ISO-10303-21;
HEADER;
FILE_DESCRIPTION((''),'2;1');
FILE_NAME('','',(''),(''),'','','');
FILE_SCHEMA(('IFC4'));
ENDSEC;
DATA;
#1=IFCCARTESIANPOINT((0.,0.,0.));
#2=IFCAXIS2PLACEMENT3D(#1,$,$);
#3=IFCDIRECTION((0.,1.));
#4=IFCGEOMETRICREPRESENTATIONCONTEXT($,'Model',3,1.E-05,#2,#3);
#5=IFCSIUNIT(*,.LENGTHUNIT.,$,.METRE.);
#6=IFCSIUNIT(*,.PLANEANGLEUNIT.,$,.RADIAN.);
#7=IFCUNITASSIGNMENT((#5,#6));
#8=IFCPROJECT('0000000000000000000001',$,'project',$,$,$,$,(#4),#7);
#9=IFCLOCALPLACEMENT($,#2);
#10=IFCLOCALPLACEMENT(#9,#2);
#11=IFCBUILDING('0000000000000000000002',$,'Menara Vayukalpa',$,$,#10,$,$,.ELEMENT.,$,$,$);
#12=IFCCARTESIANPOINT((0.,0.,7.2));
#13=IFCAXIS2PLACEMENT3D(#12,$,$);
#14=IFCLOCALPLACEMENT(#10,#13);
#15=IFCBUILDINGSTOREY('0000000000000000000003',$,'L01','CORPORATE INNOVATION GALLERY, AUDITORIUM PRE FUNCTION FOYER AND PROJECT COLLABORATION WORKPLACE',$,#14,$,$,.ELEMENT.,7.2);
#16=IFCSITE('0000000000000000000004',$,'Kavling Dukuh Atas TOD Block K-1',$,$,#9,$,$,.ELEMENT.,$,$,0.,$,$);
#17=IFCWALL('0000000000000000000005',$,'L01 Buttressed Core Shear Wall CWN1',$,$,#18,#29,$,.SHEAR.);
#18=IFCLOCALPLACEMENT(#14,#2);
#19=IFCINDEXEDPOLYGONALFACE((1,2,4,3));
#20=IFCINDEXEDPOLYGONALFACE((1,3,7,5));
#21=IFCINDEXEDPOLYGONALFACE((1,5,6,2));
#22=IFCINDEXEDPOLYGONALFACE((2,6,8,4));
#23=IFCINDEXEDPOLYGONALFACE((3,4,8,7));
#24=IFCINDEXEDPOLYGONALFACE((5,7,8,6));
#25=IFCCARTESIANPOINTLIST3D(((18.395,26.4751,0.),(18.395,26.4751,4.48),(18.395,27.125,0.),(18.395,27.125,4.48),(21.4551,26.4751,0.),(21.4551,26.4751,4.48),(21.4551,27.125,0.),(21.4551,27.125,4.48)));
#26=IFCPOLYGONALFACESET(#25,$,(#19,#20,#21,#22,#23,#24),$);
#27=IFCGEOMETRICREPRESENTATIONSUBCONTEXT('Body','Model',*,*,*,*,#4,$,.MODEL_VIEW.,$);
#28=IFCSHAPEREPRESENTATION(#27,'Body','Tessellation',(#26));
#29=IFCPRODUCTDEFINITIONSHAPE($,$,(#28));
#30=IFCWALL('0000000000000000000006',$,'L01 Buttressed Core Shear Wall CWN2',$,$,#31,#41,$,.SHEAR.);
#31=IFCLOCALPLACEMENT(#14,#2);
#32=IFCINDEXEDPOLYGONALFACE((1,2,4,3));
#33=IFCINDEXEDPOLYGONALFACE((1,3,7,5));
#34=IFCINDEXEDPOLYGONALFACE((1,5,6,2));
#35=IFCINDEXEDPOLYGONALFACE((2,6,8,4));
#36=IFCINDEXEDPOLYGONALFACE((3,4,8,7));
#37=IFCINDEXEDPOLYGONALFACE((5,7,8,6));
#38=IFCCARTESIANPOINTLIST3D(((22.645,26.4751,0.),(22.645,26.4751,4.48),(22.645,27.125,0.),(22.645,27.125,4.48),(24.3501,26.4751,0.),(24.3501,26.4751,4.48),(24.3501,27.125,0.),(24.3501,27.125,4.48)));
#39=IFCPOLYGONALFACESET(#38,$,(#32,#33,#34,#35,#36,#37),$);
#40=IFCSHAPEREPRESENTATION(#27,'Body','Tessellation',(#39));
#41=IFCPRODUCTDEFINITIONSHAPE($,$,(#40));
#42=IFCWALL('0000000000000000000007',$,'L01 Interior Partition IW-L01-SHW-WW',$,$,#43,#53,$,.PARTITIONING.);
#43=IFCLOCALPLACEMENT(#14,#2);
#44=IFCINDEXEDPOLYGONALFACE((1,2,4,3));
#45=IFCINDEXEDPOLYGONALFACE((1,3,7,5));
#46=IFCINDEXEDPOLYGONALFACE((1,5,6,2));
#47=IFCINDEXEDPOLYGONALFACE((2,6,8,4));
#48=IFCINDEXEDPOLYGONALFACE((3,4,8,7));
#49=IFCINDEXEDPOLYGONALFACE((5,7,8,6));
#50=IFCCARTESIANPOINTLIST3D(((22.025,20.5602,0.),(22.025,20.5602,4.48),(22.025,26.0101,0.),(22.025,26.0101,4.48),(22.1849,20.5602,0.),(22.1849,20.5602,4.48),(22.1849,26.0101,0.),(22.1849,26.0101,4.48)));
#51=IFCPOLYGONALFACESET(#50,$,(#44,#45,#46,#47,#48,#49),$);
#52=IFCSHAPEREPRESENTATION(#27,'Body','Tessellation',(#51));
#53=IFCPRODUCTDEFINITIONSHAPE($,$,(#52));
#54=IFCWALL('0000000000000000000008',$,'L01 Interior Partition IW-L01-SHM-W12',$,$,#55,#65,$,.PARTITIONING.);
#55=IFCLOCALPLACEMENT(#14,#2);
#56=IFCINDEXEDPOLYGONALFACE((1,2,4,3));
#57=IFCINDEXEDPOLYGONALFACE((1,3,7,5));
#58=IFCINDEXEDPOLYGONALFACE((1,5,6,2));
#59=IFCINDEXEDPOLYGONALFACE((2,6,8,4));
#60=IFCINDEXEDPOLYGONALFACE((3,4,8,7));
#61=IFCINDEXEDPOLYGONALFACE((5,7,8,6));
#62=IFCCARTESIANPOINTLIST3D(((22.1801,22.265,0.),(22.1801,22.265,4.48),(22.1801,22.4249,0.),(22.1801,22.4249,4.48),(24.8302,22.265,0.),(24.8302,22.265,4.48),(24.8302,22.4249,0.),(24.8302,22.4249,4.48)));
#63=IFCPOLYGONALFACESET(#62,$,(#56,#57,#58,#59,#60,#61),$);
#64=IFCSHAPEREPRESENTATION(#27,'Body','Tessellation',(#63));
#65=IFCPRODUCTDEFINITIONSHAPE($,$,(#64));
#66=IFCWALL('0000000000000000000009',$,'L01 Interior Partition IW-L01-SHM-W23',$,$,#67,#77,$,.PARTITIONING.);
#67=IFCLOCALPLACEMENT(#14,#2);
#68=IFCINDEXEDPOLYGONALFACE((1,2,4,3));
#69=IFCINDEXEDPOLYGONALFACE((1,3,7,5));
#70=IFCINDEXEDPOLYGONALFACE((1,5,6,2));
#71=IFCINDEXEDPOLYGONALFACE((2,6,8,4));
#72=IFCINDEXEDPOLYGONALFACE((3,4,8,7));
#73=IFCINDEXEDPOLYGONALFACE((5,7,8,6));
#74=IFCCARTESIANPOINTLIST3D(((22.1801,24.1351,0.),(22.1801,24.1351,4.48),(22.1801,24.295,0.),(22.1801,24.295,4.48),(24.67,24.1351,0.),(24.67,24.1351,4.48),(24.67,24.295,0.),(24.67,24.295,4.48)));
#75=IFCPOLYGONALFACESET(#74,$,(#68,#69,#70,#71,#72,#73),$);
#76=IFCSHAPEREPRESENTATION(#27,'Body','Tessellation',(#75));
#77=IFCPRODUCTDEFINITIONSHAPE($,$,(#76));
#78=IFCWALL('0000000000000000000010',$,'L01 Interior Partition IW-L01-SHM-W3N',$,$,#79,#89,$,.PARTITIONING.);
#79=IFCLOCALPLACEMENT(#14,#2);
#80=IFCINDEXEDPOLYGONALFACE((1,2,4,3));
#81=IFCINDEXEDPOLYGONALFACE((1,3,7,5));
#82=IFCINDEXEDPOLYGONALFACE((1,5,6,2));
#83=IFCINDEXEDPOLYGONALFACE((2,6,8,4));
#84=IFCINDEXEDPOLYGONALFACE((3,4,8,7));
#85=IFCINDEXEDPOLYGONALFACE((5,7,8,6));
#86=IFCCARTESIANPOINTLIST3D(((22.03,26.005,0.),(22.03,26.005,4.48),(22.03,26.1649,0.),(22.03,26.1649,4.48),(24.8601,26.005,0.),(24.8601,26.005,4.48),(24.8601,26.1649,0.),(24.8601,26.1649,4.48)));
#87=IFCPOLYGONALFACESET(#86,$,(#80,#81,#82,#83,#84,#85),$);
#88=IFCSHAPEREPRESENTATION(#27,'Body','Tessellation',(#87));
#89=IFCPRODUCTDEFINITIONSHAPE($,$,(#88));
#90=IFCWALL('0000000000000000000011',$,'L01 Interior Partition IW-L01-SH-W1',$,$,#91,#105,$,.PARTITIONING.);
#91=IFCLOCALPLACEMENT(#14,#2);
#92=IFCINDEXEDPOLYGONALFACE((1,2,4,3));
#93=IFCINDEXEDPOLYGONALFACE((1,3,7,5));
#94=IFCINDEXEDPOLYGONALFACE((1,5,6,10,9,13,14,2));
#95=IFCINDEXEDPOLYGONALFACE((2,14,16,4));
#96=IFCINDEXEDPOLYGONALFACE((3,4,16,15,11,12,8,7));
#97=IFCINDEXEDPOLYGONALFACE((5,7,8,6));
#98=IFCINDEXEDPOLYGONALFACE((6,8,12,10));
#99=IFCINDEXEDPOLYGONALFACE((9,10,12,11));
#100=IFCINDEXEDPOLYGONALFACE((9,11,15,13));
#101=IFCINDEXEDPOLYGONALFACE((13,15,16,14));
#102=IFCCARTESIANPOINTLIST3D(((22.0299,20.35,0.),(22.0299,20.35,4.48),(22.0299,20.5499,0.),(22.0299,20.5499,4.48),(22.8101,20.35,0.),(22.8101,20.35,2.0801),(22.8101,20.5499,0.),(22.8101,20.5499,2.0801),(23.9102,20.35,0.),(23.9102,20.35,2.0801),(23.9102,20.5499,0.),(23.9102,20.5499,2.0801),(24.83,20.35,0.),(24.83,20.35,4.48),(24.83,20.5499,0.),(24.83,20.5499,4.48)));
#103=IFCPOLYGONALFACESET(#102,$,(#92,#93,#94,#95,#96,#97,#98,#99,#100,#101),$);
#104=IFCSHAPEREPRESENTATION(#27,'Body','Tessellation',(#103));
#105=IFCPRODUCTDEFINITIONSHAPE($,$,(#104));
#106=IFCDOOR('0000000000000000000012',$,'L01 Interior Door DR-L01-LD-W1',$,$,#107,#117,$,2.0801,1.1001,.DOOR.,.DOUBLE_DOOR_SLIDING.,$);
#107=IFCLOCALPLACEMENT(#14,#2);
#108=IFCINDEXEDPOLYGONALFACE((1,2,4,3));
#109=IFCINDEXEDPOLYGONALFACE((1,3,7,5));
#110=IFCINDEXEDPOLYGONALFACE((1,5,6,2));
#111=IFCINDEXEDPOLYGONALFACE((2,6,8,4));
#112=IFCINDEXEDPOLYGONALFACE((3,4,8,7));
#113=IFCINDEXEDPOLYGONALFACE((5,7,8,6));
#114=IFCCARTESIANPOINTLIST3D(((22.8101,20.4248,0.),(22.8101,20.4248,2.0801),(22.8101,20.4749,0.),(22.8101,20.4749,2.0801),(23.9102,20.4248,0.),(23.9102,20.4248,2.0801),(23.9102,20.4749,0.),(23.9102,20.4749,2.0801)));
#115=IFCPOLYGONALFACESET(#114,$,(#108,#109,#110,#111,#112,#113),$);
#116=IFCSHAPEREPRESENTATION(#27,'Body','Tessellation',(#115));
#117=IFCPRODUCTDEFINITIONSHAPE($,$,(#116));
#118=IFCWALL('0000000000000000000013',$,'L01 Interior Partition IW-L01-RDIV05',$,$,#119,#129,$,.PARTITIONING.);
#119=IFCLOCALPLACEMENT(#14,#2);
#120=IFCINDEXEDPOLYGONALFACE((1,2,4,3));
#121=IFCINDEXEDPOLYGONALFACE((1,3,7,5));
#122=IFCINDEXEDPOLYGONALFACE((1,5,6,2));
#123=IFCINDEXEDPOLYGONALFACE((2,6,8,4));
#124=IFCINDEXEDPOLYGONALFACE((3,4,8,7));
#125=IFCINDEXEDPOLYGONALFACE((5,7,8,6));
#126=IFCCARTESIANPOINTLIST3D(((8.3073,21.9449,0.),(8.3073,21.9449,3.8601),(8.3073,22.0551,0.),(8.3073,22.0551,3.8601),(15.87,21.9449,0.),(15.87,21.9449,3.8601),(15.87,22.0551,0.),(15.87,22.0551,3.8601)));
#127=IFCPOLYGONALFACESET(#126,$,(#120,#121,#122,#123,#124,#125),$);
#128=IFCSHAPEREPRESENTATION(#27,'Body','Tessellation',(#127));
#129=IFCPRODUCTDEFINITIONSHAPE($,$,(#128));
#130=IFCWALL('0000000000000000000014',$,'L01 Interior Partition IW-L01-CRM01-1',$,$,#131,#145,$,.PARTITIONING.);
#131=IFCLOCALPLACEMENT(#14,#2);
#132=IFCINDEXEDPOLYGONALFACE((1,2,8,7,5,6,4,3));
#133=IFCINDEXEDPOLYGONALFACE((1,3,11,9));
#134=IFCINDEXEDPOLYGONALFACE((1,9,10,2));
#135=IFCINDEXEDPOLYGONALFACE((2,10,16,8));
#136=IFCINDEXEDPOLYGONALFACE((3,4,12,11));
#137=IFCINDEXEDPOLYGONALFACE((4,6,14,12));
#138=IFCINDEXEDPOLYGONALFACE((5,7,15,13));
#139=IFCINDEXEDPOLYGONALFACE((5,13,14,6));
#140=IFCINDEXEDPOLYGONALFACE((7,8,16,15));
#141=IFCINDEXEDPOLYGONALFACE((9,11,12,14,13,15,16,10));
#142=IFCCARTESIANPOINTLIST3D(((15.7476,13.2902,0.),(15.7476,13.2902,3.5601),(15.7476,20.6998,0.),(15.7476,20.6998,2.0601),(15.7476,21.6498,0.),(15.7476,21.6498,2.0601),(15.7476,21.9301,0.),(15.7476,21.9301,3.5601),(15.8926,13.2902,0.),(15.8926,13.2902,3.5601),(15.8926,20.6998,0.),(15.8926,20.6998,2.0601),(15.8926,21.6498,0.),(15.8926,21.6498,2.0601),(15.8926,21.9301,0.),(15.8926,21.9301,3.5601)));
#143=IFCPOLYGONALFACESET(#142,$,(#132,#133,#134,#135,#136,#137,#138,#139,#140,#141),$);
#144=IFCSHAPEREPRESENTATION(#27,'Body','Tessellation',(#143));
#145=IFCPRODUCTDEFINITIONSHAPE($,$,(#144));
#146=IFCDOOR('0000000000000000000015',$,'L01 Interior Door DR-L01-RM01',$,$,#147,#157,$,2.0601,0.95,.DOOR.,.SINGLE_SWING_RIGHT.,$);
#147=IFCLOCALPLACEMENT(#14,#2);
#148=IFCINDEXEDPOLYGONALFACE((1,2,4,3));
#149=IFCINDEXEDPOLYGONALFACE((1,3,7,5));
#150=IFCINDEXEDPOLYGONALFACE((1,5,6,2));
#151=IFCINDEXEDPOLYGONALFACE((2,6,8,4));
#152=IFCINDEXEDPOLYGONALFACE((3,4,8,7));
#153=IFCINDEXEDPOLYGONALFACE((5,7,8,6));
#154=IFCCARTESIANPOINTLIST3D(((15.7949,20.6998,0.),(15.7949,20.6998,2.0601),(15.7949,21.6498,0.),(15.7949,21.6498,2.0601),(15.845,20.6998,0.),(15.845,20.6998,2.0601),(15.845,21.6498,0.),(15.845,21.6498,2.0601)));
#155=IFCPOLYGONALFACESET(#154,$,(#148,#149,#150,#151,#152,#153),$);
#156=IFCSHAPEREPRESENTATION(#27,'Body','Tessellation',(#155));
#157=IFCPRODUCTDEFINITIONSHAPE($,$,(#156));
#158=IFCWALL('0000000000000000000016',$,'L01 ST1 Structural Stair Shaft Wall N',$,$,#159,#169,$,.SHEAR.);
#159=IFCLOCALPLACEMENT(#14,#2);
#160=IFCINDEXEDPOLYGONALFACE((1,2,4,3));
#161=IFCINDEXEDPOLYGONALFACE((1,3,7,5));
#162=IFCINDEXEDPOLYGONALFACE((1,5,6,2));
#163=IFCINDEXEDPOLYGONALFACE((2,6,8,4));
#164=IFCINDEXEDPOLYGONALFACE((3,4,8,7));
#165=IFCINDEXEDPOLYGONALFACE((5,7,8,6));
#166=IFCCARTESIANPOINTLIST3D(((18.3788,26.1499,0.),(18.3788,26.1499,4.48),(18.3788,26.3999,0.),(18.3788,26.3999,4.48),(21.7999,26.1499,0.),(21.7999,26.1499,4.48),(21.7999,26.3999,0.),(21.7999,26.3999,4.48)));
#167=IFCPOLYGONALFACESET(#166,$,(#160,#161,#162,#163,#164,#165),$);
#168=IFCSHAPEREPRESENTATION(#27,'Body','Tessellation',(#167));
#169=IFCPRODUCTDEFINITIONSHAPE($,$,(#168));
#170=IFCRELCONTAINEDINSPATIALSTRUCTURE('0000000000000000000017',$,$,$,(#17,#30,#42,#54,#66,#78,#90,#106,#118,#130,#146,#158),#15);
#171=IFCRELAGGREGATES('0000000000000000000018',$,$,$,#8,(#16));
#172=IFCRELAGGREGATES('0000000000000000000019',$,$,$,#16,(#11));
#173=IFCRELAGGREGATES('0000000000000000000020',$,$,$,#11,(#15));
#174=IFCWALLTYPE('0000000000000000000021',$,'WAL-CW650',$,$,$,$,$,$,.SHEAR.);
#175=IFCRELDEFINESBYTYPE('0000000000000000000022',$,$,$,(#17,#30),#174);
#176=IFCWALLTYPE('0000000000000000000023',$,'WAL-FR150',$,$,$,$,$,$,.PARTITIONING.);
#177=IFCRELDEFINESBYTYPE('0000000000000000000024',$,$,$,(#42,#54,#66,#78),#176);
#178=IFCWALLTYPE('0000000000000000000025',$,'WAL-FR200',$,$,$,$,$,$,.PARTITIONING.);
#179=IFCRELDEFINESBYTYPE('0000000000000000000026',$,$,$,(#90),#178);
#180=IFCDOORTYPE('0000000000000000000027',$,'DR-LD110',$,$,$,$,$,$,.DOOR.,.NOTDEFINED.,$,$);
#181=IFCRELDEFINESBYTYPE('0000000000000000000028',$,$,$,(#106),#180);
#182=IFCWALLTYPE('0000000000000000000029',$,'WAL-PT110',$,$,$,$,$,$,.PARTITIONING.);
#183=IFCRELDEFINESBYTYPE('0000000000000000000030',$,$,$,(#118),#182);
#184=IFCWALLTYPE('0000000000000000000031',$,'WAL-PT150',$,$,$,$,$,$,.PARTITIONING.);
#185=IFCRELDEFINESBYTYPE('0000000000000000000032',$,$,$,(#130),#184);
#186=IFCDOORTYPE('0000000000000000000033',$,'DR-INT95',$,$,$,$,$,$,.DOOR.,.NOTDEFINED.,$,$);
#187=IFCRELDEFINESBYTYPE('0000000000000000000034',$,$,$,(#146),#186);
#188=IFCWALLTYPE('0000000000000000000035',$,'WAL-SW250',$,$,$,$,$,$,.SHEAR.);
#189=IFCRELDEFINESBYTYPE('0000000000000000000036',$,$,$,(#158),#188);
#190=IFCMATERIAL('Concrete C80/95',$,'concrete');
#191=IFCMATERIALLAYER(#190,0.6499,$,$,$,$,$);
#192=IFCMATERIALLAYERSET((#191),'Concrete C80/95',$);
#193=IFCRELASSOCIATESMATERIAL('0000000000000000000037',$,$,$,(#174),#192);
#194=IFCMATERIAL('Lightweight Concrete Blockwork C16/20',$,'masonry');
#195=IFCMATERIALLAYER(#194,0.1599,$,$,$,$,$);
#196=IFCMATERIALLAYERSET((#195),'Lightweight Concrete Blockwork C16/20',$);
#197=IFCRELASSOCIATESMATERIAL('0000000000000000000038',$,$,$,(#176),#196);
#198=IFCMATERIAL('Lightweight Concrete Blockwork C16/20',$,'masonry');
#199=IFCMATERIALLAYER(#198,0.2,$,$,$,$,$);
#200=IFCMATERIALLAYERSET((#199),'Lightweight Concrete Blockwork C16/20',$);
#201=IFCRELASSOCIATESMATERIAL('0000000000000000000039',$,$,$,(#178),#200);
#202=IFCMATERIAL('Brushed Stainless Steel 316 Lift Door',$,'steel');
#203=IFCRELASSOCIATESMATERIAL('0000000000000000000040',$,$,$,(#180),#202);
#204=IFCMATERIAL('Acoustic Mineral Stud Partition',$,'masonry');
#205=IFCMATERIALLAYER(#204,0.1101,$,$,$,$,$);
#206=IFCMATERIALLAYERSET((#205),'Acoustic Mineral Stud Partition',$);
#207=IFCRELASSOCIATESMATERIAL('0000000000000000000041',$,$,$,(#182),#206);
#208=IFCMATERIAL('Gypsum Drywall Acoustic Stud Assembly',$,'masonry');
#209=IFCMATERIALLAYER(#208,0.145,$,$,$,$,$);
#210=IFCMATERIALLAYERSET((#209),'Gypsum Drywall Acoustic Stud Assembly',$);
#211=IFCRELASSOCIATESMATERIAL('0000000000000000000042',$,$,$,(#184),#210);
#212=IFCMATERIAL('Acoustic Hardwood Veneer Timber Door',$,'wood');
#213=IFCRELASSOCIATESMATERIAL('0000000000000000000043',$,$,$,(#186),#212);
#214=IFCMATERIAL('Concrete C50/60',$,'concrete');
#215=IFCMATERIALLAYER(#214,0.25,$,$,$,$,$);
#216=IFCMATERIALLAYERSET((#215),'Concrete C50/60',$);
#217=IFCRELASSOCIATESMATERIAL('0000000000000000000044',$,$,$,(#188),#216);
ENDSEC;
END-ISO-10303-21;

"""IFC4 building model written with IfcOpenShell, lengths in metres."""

from ifc_helpers import new_model, si_unit, direction, frame, frame_2d, origin, place, context, subcontext, project, spatial, rectangle, extrude, material, layer, layer_set, type_object, element, fill, save


model = new_model("IFC4")

# Units and contexts
model_context = context("Model", 3, precision=1e-05, world=origin(), true_north=direction((0.0, 1.0)))
body_context = subcontext(model_context, "Body", "Model", "MODEL_VIEW")
ifc_project = project(units=[si_unit("LENGTHUNIT", "METRE"), si_unit("PLANEANGLEUNIT", "RADIAN")], contexts=[model_context])

# Site, building, storey
site_placement = place(None, origin())
site = spatial("IfcSite", under=ifc_project, at=site_placement, Name="Kavling Dukuh Atas TOD Block K-1", CompositionType="ELEMENT", RefElevation=0.0)
building_placement = place(site_placement, origin())
building = spatial("IfcBuilding", under=site, at=building_placement, Name="Menara Vayukalpa", CompositionType="ELEMENT")
storey_placement = place(building_placement, frame((0.0, 0.0, 7.2)))
storey = spatial("IfcBuildingStorey", under=building, at=storey_placement, Name="L01", Description="CORPORATE INNOVATION GALLERY, AUDITORIUM PRE FUNCTION FOYER AND PROJECT COLLABORATION WORKPLACE", CompositionType="ELEMENT", Elevation=7.2)

# Walls
ifc_material_1 = material(Name="Concrete C80/95", Category="concrete")
ifc_layer_1 = layer(ifc_material_1, 0.6499)
ifc_layer_set_1 = layer_set([ifc_layer_1], Name="Concrete C80/95")
wall_type_1 = type_object("IfcWallType", Name="WAL-CW650", PredefinedType="SHEAR", material=ifc_layer_set_1)
wall_1_placement = place(storey_placement, frame((18.395, 26.8, 0.0), z_axis=(0.0, 0.0, 1.0), x_axis=(1.0, 0.0, 0.0)))
element("IfcWall", 1, at=wall_1_placement, inside=storey, type_object=wall_type_1, Name="L01 Buttressed Core Shear Wall CWN1", PredefinedType="SHEAR", context=body_context, shape_type="SweptSolid", body=[
    extrude(rectangle(XDim=3.0601, YDim=0.6499, at=frame_2d((1.53, 0.0))), origin(), (0.0, 0.0, 1.0), 4.48),
])
wall_2_placement = place(storey_placement, frame((22.645, 26.8, 0.0), z_axis=(0.0, 0.0, 1.0), x_axis=(1.0, 0.0, 0.0)))
element("IfcWall", 2, at=wall_2_placement, inside=storey, type_object=wall_type_1, Name="L01 Buttressed Core Shear Wall CWN2", PredefinedType="SHEAR", context=body_context, shape_type="SweptSolid", body=[
    extrude(rectangle(XDim=1.7051, YDim=0.6499, at=frame_2d((0.8525, 0.0))), origin(), (0.0, 0.0, 1.0), 4.48),
])
ifc_material_2 = material(Name="Lightweight Concrete Blockwork C16/20", Category="masonry")
ifc_layer_2 = layer(ifc_material_2, 0.1599)
ifc_layer_set_2 = layer_set([ifc_layer_2], Name="Lightweight Concrete Blockwork C16/20")
wall_type_2 = type_object("IfcWallType", Name="WAL-FR150", PredefinedType="PARTITIONING", material=ifc_layer_set_2)
wall_3_placement = place(storey_placement, frame((22.105, 20.5601, 0.0), z_axis=(0.0, 0.0, 1.0), x_axis=(0.0, 1.0, 0.0)))
element("IfcWall", 3, at=wall_3_placement, inside=storey, type_object=wall_type_2, Name="L01 Interior Partition IW-L01-SHW-WW", PredefinedType="PARTITIONING", context=body_context, shape_type="SweptSolid", body=[
    extrude(rectangle(XDim=5.45, YDim=0.1599, at=frame_2d((2.7251, 0.0))), origin(), (0.0, 0.0, 1.0), 4.48),
])
wall_4_placement = place(storey_placement, frame((22.1799, 22.345, 0.0), z_axis=(0.0, 0.0, 1.0), x_axis=(1.0, 0.0, 0.0)))
element("IfcWall", 4, at=wall_4_placement, inside=storey, type_object=wall_type_2, Name="L01 Interior Partition IW-L01-SHM-W12", PredefinedType="PARTITIONING", context=body_context, shape_type="SweptSolid", body=[
    extrude(rectangle(XDim=2.6501, YDim=0.1599, at=frame_2d((1.3252, 0.0))), origin(), (0.0, 0.0, 1.0), 4.48),
])
wall_5_placement = place(storey_placement, frame((22.1799, 24.2151, 0.0), z_axis=(0.0, 0.0, 1.0), x_axis=(1.0, 0.0, 0.0)))
element("IfcWall", 5, at=wall_5_placement, inside=storey, type_object=wall_type_2, Name="L01 Interior Partition IW-L01-SHM-W23", PredefinedType="PARTITIONING", context=body_context, shape_type="SweptSolid", body=[
    extrude(rectangle(XDim=2.49, YDim=0.1599, at=frame_2d((1.2451, 0.0))), origin(), (0.0, 0.0, 1.0), 4.48),
])
wall_6_placement = place(storey_placement, frame((22.03, 26.085, 0.0), z_axis=(0.0, 0.0, 1.0), x_axis=(1.0, 0.0, 0.0)))
element("IfcWall", 6, at=wall_6_placement, inside=storey, type_object=wall_type_2, Name="L01 Interior Partition IW-L01-SHM-W3N", PredefinedType="PARTITIONING", context=body_context, shape_type="SweptSolid", body=[
    extrude(rectangle(XDim=2.8301, YDim=0.1599, at=frame_2d((1.415, 0.0))), origin(), (0.0, 0.0, 1.0), 4.48),
])

# Wall, opening, door
ifc_material_3 = material(Name="Lightweight Concrete Blockwork C16/20", Category="masonry")
ifc_layer_3 = layer(ifc_material_3, 0.2)
ifc_layer_set_3 = layer_set([ifc_layer_3], Name="Lightweight Concrete Blockwork C16/20")
wall_type_3 = type_object("IfcWallType", Name="WAL-FR200", PredefinedType="PARTITIONING", material=ifc_layer_set_3)
wall_7_placement = place(storey_placement, frame((22.03, 20.45, 0.0), z_axis=(0.0, 0.0, 1.0), x_axis=(1.0, 0.0, 0.0)))
wall_7 = element("IfcWall", 7, at=wall_7_placement, inside=storey, type_object=wall_type_3, Name="L01 Interior Partition IW-L01-SH-W1", PredefinedType="PARTITIONING", context=body_context, shape_type="SweptSolid", body=[
    extrude(rectangle(XDim=2.8, YDim=0.2, at=frame_2d((1.3999, 0.0))), origin(), (0.0, 0.0, 1.0), 4.48),
])
opening_1_placement = place(wall_7_placement, frame((0.78, 0.0, 0.0)))
opening_1 = element("IfcOpeningElement", 8, at=opening_1_placement, cuts=wall_7, PredefinedType="OPENING", context=body_context, shape_type="SweptSolid", body=[
    extrude(rectangle(XDim=1.1001, YDim=2.0801, at=frame_2d((0.55, 1.04))), frame((0.0, 0.1099, 0.0), z_axis=(0.0, -1.0, 0.0), x_axis=(1.0, 0.0, 0.0)), (0.0, 0.0, 1.0), 0.22),
])
ifc_material_4 = material(Name="Brushed Stainless Steel 316 Lift Door", Category="steel")
door_type_1 = type_object("IfcDoorType", Name="DR-LD110", OperationType="NOTDEFINED", PredefinedType="DOOR", material=ifc_material_4)
door_1_placement = place(opening_1_placement, origin())
door_1 = element("IfcDoor", 9, at=door_1_placement, inside=storey, type_object=door_type_1, Name="L01 Interior Door DR-L01-LD-W1", OperationType="DOUBLE_DOOR_SLIDING", OverallHeight=2.0801, OverallWidth=1.1001, PredefinedType="DOOR", context=body_context, shape_type="SweptSolid", body=[
    extrude(rectangle(XDim=1.1001, YDim=2.0801, at=frame_2d((0.55, 1.04))), frame((0.0, 0.0249, 0.0), z_axis=(0.0, -1.0, 0.0), x_axis=(1.0, 0.0, 0.0)), (0.0, 0.0, 1.0), 0.05),
])
fill(opening_1, door_1)

# Wall
ifc_material_5 = material(Name="Acoustic Mineral Stud Partition", Category="masonry")
ifc_layer_4 = layer(ifc_material_5, 0.1101)
ifc_layer_set_4 = layer_set([ifc_layer_4], Name="Acoustic Mineral Stud Partition")
wall_type_4 = type_object("IfcWallType", Name="WAL-PT110", PredefinedType="PARTITIONING", material=ifc_layer_set_4)
wall_8_placement = place(storey_placement, frame((8.3074, 22.0, 0.0), z_axis=(0.0, 0.0, 1.0), x_axis=(1.0, 0.0, 0.0)))
element("IfcWall", 10, at=wall_8_placement, inside=storey, type_object=wall_type_4, Name="L01 Interior Partition IW-L01-RDIV05", PredefinedType="PARTITIONING", context=body_context, shape_type="SweptSolid", body=[
    extrude(rectangle(XDim=7.5627, YDim=0.1101, at=frame_2d((3.7812, 0.0))), origin(), (0.0, 0.0, 1.0), 3.8601),
])

# Wall, opening, door
ifc_material_6 = material(Name="Gypsum Drywall Acoustic Stud Assembly", Category="masonry")
ifc_layer_5 = layer(ifc_material_6, 0.145)
ifc_layer_set_5 = layer_set([ifc_layer_5], Name="Gypsum Drywall Acoustic Stud Assembly")
wall_type_5 = type_object("IfcWallType", Name="WAL-PT150", PredefinedType="PARTITIONING", material=ifc_layer_set_5)
wall_9_placement = place(storey_placement, frame((15.8201, 21.9299, 0.0), z_axis=(0.0, 0.0, 1.0), x_axis=(0.0, -1.0, 0.0)))
wall_9 = element("IfcWall", 11, at=wall_9_placement, inside=storey, type_object=wall_type_5, Name="L01 Interior Partition IW-L01-CRM01-1", PredefinedType="PARTITIONING", context=body_context, shape_type="SweptSolid", body=[
    extrude(rectangle(XDim=8.6399, YDim=0.145, at=frame_2d((4.3198, 0.0))), origin(), (0.0, 0.0, 1.0), 3.5601),
])
opening_2_placement = place(wall_9_placement, frame((0.28, 0.0, 0.0)))
opening_2 = element("IfcOpeningElement", 12, at=opening_2_placement, cuts=wall_9, PredefinedType="OPENING", context=body_context, shape_type="SweptSolid", body=[
    extrude(rectangle(XDim=0.95, YDim=2.0601, at=frame_2d((0.4751, 1.03))), frame((0.0, 0.0825, 0.0), z_axis=(0.0, -1.0, 0.0), x_axis=(1.0, 0.0, 0.0)), (0.0, 0.0, 1.0), 0.165),
])
ifc_material_7 = material(Name="Acoustic Hardwood Veneer Timber Door", Category="wood")
door_type_2 = type_object("IfcDoorType", Name="DR-INT95", OperationType="NOTDEFINED", PredefinedType="DOOR", material=ifc_material_7)
door_2_placement = place(opening_2_placement, origin())
door_2 = element("IfcDoor", 13, at=door_2_placement, inside=storey, type_object=door_type_2, Name="L01 Interior Door DR-L01-RM01", OperationType="SINGLE_SWING_RIGHT", OverallHeight=2.0601, OverallWidth=0.95, PredefinedType="DOOR", context=body_context, shape_type="SweptSolid", body=[
    extrude(rectangle(XDim=0.95, YDim=2.0601, at=frame_2d((0.4751, 1.03))), frame((0.0, 0.0249, 0.0), z_axis=(0.0, -1.0, 0.0), x_axis=(1.0, 0.0, 0.0)), (0.0, 0.0, 1.0), 0.05),
])
fill(opening_2, door_2)

# Wall
ifc_material_8 = material(Name="Concrete C50/60", Category="concrete")
ifc_layer_6 = layer(ifc_material_8, 0.25)
ifc_layer_set_6 = layer_set([ifc_layer_6], Name="Concrete C50/60")
wall_type_6 = type_object("IfcWallType", Name="WAL-SW250", PredefinedType="SHEAR", material=ifc_layer_set_6)
wall_10_placement = place(storey_placement, frame((18.3789, 26.2749, 0.0), z_axis=(0.0, 0.0, 1.0), x_axis=(1.0, 0.0, 0.0)))
element("IfcWall", 14, at=wall_10_placement, inside=storey, type_object=wall_type_6, Name="L01 ST1 Structural Stair Shaft Wall N", PredefinedType="SHEAR", context=body_context, shape_type="SweptSolid", body=[
    extrude(rectangle(XDim=3.4211, YDim=0.25, at=frame_2d((1.7104, 0.0))), origin(), (0.0, 0.0, 1.0), 4.48),
])

save(model, "model.ifc")
